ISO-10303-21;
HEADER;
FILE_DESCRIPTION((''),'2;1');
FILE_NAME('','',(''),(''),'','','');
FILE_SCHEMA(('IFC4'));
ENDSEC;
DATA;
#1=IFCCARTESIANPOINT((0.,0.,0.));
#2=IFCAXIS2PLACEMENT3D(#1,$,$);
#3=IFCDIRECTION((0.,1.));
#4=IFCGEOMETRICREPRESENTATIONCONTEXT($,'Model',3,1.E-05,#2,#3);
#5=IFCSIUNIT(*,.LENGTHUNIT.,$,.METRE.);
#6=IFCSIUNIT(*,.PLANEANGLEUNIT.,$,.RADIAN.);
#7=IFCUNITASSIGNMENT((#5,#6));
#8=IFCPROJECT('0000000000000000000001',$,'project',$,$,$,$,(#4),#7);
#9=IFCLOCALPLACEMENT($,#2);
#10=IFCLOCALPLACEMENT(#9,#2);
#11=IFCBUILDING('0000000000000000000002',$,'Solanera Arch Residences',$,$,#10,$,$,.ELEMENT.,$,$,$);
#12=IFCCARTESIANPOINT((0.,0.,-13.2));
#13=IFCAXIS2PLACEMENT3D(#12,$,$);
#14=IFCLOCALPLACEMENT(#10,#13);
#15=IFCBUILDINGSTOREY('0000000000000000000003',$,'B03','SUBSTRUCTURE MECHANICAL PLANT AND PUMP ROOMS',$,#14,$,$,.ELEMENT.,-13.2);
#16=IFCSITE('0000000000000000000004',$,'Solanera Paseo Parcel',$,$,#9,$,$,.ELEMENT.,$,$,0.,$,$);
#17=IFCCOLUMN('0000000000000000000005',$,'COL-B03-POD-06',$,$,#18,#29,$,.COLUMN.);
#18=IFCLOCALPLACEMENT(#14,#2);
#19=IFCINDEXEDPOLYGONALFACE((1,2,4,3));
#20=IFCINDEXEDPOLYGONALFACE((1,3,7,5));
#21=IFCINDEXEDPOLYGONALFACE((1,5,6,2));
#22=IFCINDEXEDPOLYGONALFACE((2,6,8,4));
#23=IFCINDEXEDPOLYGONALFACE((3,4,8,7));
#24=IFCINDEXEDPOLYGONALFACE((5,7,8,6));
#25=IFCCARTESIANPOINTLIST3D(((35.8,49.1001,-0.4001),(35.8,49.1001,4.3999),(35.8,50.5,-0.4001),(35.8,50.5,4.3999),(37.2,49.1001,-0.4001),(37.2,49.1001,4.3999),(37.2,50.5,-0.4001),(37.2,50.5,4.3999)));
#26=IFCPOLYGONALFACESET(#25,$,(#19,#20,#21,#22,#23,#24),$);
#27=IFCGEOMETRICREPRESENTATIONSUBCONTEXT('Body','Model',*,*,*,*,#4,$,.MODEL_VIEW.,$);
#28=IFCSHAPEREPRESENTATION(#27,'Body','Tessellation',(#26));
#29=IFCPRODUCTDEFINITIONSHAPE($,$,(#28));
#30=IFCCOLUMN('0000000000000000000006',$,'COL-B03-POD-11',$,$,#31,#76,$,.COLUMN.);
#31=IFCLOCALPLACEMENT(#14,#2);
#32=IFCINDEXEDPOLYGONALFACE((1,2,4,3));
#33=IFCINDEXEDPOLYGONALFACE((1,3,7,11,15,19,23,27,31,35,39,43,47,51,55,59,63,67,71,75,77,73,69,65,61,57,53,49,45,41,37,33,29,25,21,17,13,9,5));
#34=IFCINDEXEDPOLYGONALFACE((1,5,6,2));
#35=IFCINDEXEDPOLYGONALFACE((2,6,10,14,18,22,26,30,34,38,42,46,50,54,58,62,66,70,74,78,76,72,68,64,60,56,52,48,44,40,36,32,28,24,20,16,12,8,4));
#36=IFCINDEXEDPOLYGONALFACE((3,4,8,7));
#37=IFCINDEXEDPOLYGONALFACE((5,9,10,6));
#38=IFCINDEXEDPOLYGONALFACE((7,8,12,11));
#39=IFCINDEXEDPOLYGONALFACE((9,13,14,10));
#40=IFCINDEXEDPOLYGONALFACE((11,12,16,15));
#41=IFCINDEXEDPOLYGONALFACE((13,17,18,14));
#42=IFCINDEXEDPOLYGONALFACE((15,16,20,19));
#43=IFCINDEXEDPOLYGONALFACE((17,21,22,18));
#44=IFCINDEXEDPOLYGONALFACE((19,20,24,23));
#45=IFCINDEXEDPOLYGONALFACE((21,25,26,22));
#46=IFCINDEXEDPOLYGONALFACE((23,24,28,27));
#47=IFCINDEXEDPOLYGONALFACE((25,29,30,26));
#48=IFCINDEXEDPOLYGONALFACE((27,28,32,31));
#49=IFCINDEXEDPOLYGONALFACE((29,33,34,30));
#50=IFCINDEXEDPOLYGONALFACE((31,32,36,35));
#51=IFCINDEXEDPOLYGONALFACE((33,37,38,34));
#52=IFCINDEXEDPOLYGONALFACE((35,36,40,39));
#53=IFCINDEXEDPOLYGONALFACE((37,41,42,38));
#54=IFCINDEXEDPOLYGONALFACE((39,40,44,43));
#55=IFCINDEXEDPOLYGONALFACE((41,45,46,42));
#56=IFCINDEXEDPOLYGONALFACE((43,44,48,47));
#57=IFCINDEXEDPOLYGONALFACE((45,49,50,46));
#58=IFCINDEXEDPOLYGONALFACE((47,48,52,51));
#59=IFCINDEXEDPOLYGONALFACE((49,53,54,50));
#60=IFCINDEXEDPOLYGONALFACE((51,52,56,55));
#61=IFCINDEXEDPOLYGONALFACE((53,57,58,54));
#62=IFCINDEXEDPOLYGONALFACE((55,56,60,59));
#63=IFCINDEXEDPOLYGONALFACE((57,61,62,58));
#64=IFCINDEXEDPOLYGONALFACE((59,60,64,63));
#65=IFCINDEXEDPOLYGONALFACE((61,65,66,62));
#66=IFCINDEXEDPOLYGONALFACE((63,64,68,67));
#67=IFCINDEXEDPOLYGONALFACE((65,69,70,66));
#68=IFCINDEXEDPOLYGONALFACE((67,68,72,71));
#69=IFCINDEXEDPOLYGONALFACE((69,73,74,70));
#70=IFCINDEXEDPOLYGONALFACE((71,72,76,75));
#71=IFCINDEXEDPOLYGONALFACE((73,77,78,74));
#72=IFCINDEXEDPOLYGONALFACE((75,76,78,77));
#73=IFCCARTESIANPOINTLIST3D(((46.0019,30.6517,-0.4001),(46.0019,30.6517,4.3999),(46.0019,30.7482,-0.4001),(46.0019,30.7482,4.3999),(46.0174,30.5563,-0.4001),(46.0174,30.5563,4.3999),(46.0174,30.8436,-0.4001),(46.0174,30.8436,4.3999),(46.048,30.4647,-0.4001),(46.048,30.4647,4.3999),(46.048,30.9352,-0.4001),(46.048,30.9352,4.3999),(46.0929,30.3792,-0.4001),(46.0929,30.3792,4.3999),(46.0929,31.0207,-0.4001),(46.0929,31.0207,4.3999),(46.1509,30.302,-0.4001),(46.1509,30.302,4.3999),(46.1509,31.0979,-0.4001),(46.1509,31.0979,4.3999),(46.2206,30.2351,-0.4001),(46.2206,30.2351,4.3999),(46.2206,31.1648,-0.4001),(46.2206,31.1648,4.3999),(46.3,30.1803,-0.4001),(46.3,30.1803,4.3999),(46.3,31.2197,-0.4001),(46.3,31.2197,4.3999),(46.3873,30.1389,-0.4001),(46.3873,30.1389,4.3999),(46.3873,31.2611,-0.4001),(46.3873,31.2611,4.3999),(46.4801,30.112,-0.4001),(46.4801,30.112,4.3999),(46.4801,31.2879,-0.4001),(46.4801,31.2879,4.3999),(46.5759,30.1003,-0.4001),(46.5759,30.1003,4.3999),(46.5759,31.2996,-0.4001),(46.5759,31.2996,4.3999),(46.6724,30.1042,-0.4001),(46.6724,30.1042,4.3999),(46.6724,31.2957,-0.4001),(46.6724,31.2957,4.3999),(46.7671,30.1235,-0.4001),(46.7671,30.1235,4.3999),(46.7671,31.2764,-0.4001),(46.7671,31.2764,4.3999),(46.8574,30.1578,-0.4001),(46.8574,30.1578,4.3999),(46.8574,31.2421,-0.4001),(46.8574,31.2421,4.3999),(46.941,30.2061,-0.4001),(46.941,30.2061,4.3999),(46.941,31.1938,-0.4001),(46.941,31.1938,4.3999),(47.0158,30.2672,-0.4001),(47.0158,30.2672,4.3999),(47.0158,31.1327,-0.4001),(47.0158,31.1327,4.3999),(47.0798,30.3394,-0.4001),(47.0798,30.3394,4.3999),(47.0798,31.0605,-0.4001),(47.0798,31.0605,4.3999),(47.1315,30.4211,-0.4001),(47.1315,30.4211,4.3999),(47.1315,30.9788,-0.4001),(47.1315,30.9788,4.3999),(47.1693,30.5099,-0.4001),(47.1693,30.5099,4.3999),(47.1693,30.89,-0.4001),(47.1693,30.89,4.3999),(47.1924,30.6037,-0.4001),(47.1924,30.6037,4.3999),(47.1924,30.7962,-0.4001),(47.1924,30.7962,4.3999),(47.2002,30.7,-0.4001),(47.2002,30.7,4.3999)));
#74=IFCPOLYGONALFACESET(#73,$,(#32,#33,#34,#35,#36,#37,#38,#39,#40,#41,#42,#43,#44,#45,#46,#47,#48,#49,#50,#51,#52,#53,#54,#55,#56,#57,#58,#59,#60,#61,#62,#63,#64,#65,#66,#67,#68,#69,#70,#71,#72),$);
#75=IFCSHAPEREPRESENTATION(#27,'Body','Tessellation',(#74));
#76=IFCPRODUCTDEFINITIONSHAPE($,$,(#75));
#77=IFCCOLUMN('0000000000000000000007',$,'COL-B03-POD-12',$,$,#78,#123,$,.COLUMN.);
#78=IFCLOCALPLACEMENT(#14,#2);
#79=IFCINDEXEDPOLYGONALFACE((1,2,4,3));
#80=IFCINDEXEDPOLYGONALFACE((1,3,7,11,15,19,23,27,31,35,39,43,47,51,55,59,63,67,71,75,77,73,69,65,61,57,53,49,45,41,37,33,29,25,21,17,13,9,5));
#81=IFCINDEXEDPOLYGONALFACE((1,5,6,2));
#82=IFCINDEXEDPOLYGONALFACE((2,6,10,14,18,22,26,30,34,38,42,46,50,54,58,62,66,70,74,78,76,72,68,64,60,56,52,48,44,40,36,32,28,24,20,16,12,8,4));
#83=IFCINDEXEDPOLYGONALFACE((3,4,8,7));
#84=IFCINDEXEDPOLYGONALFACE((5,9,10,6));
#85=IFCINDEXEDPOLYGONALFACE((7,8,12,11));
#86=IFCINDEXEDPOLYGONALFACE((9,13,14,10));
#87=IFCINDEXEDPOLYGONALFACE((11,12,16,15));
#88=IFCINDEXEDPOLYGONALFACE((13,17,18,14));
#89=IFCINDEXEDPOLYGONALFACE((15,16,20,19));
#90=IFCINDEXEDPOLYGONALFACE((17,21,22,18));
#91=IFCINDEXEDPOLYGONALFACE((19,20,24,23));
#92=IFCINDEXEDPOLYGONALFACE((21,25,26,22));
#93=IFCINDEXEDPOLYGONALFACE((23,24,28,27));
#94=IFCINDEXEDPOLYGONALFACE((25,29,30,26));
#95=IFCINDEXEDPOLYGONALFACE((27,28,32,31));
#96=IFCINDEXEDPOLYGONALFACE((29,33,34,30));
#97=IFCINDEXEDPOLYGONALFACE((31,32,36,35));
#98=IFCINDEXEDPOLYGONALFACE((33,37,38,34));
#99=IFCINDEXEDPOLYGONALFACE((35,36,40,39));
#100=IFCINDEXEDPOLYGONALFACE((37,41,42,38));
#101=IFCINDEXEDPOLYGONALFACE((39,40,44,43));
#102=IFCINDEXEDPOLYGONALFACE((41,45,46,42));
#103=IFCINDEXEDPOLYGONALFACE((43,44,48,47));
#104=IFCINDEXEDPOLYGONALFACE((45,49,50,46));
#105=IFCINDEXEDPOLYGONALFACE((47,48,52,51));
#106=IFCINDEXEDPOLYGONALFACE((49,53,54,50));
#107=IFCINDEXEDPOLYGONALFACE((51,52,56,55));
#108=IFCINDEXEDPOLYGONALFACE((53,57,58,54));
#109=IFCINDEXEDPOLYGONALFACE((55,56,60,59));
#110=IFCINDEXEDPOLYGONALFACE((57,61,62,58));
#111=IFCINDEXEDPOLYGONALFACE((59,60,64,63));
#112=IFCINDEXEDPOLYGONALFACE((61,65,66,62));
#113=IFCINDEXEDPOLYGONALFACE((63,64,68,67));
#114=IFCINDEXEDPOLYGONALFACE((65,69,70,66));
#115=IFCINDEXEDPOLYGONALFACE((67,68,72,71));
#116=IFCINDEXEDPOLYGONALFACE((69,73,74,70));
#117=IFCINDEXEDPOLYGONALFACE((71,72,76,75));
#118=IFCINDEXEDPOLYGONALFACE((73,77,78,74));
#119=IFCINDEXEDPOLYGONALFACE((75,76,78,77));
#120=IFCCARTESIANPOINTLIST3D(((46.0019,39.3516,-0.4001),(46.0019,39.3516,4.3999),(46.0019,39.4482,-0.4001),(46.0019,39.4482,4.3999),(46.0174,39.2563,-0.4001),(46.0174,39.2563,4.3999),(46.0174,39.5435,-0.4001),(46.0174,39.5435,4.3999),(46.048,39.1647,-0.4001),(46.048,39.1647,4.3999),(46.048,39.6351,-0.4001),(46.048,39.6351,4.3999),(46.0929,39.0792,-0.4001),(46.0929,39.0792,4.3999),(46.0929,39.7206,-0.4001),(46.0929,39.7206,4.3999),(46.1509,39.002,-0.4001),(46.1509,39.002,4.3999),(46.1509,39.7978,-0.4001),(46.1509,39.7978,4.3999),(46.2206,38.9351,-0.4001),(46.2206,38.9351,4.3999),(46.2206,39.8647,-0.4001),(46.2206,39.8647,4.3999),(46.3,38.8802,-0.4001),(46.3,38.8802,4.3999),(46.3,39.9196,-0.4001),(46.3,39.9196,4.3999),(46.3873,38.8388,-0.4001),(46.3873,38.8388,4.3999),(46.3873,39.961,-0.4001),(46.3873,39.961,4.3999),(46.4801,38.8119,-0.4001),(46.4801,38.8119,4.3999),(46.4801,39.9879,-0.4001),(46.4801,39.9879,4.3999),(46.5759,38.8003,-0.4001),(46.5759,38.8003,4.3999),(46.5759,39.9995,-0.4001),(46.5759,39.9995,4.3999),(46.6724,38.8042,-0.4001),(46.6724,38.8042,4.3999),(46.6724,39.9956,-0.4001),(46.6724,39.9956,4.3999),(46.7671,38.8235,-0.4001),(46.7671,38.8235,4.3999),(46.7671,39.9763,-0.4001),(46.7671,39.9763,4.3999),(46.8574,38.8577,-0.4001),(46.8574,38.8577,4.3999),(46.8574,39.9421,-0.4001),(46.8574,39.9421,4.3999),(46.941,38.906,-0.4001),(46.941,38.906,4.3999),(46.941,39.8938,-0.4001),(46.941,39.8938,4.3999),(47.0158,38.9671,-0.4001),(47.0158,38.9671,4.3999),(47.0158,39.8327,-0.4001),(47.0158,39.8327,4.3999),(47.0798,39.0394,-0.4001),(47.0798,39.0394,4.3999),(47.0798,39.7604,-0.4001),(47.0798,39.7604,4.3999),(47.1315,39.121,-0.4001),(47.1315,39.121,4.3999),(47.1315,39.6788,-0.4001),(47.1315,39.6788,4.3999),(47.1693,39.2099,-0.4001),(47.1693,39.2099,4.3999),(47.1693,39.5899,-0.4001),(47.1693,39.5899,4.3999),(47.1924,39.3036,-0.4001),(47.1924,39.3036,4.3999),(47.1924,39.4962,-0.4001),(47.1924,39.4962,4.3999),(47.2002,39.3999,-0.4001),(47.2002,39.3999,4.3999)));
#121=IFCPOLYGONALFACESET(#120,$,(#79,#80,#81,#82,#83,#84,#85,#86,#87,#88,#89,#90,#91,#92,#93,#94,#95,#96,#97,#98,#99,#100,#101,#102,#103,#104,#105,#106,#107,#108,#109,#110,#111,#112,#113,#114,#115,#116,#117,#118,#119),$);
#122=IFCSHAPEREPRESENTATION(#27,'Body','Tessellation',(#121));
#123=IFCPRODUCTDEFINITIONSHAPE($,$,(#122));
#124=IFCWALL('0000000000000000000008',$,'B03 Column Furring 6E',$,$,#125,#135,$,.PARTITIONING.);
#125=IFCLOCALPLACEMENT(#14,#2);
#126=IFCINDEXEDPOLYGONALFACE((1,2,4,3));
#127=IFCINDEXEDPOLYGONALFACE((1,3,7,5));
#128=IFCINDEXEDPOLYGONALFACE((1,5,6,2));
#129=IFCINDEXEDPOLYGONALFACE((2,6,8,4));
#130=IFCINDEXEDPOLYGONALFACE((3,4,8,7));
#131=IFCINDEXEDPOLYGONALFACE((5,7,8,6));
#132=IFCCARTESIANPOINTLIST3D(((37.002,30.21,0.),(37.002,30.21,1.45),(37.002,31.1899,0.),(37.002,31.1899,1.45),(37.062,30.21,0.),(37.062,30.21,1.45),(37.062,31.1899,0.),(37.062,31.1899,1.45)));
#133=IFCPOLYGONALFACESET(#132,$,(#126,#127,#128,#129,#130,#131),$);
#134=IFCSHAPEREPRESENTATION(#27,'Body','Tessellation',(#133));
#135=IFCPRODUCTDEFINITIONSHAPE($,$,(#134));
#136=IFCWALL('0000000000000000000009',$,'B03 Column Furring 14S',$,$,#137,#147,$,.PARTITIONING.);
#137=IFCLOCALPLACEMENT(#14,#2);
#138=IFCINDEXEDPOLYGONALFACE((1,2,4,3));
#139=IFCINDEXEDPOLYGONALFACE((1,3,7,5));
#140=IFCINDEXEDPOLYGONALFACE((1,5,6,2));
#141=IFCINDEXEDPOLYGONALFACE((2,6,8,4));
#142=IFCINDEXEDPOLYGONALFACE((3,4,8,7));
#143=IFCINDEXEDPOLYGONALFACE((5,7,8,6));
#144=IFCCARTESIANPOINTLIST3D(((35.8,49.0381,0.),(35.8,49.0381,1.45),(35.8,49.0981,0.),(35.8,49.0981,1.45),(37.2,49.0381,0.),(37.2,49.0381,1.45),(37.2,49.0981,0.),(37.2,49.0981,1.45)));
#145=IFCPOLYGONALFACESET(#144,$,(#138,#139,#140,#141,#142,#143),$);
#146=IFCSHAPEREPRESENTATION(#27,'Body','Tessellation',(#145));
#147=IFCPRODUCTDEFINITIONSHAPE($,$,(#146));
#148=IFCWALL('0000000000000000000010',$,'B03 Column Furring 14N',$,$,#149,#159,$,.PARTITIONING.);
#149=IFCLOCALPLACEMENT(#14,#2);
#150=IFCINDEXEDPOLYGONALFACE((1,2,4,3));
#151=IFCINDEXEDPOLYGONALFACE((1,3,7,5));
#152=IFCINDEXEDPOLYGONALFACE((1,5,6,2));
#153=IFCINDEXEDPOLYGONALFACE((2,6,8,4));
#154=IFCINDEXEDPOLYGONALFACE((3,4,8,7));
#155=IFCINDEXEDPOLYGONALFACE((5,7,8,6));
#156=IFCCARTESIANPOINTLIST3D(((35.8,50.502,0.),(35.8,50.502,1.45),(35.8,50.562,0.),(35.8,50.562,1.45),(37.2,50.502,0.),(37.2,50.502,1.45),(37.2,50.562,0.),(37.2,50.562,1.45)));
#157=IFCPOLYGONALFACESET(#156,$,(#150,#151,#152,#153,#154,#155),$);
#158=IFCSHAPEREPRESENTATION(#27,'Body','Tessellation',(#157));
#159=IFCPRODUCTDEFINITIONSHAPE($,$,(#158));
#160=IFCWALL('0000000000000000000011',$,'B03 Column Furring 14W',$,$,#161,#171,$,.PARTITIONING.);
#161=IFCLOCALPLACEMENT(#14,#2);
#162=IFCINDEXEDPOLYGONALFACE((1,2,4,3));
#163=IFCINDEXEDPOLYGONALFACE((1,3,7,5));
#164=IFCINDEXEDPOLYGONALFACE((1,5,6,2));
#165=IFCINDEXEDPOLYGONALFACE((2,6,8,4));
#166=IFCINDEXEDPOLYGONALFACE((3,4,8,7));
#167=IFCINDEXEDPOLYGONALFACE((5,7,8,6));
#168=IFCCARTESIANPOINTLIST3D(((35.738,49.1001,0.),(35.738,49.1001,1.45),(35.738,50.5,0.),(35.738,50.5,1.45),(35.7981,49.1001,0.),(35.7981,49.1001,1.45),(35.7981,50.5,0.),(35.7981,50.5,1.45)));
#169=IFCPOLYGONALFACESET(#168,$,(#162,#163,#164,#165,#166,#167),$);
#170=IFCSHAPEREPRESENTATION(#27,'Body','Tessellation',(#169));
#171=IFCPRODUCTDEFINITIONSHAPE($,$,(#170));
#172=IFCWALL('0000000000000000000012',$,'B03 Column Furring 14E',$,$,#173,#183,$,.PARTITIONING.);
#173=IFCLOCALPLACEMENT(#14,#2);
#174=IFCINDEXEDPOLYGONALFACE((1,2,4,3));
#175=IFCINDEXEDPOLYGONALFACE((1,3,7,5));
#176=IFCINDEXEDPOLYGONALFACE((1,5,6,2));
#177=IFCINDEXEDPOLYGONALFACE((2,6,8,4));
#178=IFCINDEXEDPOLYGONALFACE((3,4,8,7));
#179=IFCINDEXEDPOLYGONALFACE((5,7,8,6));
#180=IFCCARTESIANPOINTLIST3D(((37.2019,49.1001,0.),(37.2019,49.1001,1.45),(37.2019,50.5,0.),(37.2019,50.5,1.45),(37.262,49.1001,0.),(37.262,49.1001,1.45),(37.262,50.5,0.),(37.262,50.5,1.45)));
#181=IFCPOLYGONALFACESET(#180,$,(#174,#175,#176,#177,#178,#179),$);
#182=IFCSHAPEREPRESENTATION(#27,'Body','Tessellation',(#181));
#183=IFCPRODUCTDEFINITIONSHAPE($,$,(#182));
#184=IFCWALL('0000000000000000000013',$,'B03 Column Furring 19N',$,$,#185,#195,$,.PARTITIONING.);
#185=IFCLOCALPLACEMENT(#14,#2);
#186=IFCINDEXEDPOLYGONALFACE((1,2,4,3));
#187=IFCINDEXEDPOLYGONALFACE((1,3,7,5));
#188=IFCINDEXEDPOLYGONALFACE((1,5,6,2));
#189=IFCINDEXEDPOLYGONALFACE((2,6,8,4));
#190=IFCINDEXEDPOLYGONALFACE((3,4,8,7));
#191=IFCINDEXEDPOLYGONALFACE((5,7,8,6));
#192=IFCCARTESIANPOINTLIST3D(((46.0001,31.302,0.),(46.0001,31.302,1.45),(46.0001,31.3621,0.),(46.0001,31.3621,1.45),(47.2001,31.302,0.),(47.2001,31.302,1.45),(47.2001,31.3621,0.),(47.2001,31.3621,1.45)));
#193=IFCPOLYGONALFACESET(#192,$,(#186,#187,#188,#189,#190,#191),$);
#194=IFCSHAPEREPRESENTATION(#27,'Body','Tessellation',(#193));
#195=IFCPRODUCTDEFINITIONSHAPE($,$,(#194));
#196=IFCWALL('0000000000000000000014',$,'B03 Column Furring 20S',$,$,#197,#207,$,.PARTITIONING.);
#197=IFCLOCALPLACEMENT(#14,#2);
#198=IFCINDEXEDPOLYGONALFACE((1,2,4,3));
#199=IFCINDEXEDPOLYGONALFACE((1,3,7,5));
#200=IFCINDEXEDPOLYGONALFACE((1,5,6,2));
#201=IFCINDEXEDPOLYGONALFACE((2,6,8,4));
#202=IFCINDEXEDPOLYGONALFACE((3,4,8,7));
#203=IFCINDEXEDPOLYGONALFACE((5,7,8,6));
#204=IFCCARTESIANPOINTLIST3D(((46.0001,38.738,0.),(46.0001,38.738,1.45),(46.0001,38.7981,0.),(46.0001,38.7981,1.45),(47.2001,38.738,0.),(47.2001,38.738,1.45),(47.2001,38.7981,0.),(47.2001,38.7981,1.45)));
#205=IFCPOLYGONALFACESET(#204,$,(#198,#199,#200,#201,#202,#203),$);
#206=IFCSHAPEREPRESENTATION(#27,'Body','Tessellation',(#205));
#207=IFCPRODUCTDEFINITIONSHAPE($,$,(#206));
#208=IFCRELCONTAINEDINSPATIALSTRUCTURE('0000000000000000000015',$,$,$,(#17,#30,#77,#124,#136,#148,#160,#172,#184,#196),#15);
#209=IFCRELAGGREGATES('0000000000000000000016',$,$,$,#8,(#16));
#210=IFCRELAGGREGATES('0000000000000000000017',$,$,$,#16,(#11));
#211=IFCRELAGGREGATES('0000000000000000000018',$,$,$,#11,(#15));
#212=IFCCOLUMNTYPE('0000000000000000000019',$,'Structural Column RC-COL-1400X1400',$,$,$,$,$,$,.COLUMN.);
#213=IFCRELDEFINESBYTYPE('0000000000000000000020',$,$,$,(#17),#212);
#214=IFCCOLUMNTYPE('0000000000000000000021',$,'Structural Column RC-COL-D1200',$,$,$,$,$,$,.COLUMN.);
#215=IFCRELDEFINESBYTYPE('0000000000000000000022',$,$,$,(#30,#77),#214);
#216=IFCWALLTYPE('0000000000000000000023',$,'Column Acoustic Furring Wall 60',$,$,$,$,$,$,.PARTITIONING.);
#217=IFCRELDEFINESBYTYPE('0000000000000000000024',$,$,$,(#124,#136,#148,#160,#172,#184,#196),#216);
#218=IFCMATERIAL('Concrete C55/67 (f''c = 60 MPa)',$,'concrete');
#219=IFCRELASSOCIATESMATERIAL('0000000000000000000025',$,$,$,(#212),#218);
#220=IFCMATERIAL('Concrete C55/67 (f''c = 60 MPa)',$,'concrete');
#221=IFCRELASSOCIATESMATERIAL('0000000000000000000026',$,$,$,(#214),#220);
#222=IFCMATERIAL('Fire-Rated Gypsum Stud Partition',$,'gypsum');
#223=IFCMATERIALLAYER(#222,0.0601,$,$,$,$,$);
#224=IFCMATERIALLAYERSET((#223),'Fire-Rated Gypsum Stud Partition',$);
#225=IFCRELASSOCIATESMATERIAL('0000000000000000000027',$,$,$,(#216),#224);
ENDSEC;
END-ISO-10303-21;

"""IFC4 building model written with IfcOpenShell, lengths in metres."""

from ifc_helpers import new_model, si_unit, direction, frame, frame_2d, origin, origin_2d, place, context, subcontext, project, spatial, rectangle, circle, extrude, material, layer, layer_set, material_profile, profile_set, type_object, element, save


model = new_model("IFC4")

# Units and contexts
model_context = context("Model", 3, precision=1e-05, world=origin(), true_north=direction((0.0, 1.0)))
body_context = subcontext(model_context, "Body", "Model", "MODEL_VIEW")
ifc_project = project(units=[si_unit("LENGTHUNIT", "METRE"), si_unit("PLANEANGLEUNIT", "RADIAN")], contexts=[model_context])

# Site, building, storey
site_placement = place(None, origin())
site = spatial("IfcSite", under=ifc_project, at=site_placement, Name="Solanera Paseo Parcel", CompositionType="ELEMENT", RefElevation=0.0)
building_placement = place(site_placement, origin())
building = spatial("IfcBuilding", under=site, at=building_placement, Name="Solanera Arch Residences", CompositionType="ELEMENT")
storey_placement = place(building_placement, frame((0.0, 0.0, -13.2)))
storey = spatial("IfcBuildingStorey", under=building, at=storey_placement, Name="B03", Description="SUBSTRUCTURE MECHANICAL PLANT AND PUMP ROOMS", CompositionType="ELEMENT", Elevation=-13.2)

# Columns
ifc_material_1 = material(Name="Concrete C55/67 (f'c = 60 MPa)", Category="concrete")
ifc_material_profile_1 = material_profile(ifc_material_1, rectangle(XDim=1.3999, YDim=1.3999, at=origin_2d()))
ifc_profile_set_1 = profile_set([ifc_material_profile_1], Name="Concrete C55/67 (f'c = 60 MPa)")
column_type_1 = type_object("IfcColumnType", Name="Structural Column RC-COL-1400X1400", PredefinedType="COLUMN", material=ifc_profile_set_1)
column_1_placement = place(storey_placement, frame((36.5, 49.8, -0.4001), z_axis=(0.0, 0.0, 1.0), x_axis=(1.0, 0.0, 0.0)))
element("IfcColumn", 1, at=column_1_placement, inside=storey, type_object=column_type_1, Name="COL-B03-POD-06", PredefinedType="COLUMN", context=body_context, shape_type="SweptSolid", body=[
    extrude(rectangle(XDim=1.3999, YDim=1.3999, at=origin_2d()), origin(), (0.0, 0.0, 1.0), 4.8),
])
ifc_material_2 = material(Name="Concrete C55/67 (f'c = 60 MPa)", Category="concrete")
ifc_material_profile_2 = material_profile(ifc_material_2, circle(Radius=0.6001, at=origin_2d()))
ifc_profile_set_2 = profile_set([ifc_material_profile_2], Name="Concrete C55/67 (f'c = 60 MPa)")
column_type_2 = type_object("IfcColumnType", Name="Structural Column RC-COL-D1200", PredefinedType="COLUMN", material=ifc_profile_set_2)
for number, where, z_axis, x_axis, name in (
    (2, (46.6001, 30.7, -0.4001), (0.0, 0.0, 1.0), (1.0, 0.0, 0.0), "COL-B03-POD-11"),
    (3, (46.6001, 39.3999, -0.4001), (0.0, 0.0, 1.0), (1.0, 0.0, 0.0), "COL-B03-POD-12"),
):
    element("IfcColumn", number, at=place(storey_placement, frame(where, z_axis=z_axis, x_axis=x_axis)), inside=storey, type_object=column_type_2, Name=name, PredefinedType="COLUMN", context=body_context, shape_type="SweptSolid", body=[
        extrude(circle(Radius=0.6001, at=origin_2d()), origin(), (0.0, 0.0, 1.0), 4.8),
    ])

# Walls
ifc_material_3 = material(Name="Fire-Rated Gypsum Stud Partition", Category="gypsum")
ifc_layer_1 = layer(ifc_material_3, 0.0601)
ifc_layer_set_1 = layer_set([ifc_layer_1], Name="Fire-Rated Gypsum Stud Partition")
wall_type_1 = type_object("IfcWallType", Name="Column Acoustic Furring Wall 60", PredefinedType="PARTITIONING", material=ifc_layer_set_1)
wall_1_placement = place(storey_placement, frame((37.032, 30.21, 0.0), z_axis=(0.0, 0.0, 1.0), x_axis=(0.0, 1.0, 0.0)))
element("IfcWall", 4, at=wall_1_placement, inside=storey, type_object=wall_type_1, Name="B03 Column Furring 6E", PredefinedType="PARTITIONING", context=body_context, shape_type="SweptSolid", body=[
    extrude(rectangle(XDim=0.98, YDim=0.0601, at=frame_2d((0.49, 0.0))), origin(), (0.0, 0.0, 1.0), 1.45),
])
for number, where, z_axis, x_axis, name in (
    (5, (35.8, 49.0681, 0.0), (0.0, 0.0, 1.0), (1.0, 0.0, 0.0), "B03 Column Furring 14S"),
    (6, (35.8, 50.532, 0.0), (0.0, 0.0, 1.0), (1.0, 0.0, 0.0), "B03 Column Furring 14N"),
    (7, (35.7681, 49.1001, 0.0), (0.0, 0.0, 1.0), (0.0, 1.0, 0.0), "B03 Column Furring 14W"),
    (8, (37.2319, 49.1001, 0.0), (0.0, 0.0, 1.0), (0.0, 1.0, 0.0), "B03 Column Furring 14E"),
):
    element("IfcWall", number, at=place(storey_placement, frame(where, z_axis=z_axis, x_axis=x_axis)), inside=storey, type_object=wall_type_1, Name=name, PredefinedType="PARTITIONING", context=body_context, shape_type="SweptSolid", body=[
        extrude(rectangle(XDim=1.3999, YDim=0.0601, at=frame_2d((0.7, 0.0))), origin(), (0.0, 0.0, 1.0), 1.45),
    ])
for number, where, z_axis, x_axis, name in (
    (9, (46.0, 31.332, 0.0), (0.0, 0.0, 1.0), (1.0, 0.0, 0.0), "B03 Column Furring 19N"),
    (10, (46.0, 38.7681, 0.0), (0.0, 0.0, 1.0), (1.0, 0.0, 0.0), "B03 Column Furring 20S"),
):
    element("IfcWall", number, at=place(storey_placement, frame(where, z_axis=z_axis, x_axis=x_axis)), inside=storey, type_object=wall_type_1, Name=name, PredefinedType="PARTITIONING", context=body_context, shape_type="SweptSolid", body=[
        extrude(rectangle(XDim=1.2, YDim=0.0601, at=frame_2d((0.6001, 0.0))), origin(), (0.0, 0.0, 1.0), 1.45),
    ])

save(model, "model.ifc")
